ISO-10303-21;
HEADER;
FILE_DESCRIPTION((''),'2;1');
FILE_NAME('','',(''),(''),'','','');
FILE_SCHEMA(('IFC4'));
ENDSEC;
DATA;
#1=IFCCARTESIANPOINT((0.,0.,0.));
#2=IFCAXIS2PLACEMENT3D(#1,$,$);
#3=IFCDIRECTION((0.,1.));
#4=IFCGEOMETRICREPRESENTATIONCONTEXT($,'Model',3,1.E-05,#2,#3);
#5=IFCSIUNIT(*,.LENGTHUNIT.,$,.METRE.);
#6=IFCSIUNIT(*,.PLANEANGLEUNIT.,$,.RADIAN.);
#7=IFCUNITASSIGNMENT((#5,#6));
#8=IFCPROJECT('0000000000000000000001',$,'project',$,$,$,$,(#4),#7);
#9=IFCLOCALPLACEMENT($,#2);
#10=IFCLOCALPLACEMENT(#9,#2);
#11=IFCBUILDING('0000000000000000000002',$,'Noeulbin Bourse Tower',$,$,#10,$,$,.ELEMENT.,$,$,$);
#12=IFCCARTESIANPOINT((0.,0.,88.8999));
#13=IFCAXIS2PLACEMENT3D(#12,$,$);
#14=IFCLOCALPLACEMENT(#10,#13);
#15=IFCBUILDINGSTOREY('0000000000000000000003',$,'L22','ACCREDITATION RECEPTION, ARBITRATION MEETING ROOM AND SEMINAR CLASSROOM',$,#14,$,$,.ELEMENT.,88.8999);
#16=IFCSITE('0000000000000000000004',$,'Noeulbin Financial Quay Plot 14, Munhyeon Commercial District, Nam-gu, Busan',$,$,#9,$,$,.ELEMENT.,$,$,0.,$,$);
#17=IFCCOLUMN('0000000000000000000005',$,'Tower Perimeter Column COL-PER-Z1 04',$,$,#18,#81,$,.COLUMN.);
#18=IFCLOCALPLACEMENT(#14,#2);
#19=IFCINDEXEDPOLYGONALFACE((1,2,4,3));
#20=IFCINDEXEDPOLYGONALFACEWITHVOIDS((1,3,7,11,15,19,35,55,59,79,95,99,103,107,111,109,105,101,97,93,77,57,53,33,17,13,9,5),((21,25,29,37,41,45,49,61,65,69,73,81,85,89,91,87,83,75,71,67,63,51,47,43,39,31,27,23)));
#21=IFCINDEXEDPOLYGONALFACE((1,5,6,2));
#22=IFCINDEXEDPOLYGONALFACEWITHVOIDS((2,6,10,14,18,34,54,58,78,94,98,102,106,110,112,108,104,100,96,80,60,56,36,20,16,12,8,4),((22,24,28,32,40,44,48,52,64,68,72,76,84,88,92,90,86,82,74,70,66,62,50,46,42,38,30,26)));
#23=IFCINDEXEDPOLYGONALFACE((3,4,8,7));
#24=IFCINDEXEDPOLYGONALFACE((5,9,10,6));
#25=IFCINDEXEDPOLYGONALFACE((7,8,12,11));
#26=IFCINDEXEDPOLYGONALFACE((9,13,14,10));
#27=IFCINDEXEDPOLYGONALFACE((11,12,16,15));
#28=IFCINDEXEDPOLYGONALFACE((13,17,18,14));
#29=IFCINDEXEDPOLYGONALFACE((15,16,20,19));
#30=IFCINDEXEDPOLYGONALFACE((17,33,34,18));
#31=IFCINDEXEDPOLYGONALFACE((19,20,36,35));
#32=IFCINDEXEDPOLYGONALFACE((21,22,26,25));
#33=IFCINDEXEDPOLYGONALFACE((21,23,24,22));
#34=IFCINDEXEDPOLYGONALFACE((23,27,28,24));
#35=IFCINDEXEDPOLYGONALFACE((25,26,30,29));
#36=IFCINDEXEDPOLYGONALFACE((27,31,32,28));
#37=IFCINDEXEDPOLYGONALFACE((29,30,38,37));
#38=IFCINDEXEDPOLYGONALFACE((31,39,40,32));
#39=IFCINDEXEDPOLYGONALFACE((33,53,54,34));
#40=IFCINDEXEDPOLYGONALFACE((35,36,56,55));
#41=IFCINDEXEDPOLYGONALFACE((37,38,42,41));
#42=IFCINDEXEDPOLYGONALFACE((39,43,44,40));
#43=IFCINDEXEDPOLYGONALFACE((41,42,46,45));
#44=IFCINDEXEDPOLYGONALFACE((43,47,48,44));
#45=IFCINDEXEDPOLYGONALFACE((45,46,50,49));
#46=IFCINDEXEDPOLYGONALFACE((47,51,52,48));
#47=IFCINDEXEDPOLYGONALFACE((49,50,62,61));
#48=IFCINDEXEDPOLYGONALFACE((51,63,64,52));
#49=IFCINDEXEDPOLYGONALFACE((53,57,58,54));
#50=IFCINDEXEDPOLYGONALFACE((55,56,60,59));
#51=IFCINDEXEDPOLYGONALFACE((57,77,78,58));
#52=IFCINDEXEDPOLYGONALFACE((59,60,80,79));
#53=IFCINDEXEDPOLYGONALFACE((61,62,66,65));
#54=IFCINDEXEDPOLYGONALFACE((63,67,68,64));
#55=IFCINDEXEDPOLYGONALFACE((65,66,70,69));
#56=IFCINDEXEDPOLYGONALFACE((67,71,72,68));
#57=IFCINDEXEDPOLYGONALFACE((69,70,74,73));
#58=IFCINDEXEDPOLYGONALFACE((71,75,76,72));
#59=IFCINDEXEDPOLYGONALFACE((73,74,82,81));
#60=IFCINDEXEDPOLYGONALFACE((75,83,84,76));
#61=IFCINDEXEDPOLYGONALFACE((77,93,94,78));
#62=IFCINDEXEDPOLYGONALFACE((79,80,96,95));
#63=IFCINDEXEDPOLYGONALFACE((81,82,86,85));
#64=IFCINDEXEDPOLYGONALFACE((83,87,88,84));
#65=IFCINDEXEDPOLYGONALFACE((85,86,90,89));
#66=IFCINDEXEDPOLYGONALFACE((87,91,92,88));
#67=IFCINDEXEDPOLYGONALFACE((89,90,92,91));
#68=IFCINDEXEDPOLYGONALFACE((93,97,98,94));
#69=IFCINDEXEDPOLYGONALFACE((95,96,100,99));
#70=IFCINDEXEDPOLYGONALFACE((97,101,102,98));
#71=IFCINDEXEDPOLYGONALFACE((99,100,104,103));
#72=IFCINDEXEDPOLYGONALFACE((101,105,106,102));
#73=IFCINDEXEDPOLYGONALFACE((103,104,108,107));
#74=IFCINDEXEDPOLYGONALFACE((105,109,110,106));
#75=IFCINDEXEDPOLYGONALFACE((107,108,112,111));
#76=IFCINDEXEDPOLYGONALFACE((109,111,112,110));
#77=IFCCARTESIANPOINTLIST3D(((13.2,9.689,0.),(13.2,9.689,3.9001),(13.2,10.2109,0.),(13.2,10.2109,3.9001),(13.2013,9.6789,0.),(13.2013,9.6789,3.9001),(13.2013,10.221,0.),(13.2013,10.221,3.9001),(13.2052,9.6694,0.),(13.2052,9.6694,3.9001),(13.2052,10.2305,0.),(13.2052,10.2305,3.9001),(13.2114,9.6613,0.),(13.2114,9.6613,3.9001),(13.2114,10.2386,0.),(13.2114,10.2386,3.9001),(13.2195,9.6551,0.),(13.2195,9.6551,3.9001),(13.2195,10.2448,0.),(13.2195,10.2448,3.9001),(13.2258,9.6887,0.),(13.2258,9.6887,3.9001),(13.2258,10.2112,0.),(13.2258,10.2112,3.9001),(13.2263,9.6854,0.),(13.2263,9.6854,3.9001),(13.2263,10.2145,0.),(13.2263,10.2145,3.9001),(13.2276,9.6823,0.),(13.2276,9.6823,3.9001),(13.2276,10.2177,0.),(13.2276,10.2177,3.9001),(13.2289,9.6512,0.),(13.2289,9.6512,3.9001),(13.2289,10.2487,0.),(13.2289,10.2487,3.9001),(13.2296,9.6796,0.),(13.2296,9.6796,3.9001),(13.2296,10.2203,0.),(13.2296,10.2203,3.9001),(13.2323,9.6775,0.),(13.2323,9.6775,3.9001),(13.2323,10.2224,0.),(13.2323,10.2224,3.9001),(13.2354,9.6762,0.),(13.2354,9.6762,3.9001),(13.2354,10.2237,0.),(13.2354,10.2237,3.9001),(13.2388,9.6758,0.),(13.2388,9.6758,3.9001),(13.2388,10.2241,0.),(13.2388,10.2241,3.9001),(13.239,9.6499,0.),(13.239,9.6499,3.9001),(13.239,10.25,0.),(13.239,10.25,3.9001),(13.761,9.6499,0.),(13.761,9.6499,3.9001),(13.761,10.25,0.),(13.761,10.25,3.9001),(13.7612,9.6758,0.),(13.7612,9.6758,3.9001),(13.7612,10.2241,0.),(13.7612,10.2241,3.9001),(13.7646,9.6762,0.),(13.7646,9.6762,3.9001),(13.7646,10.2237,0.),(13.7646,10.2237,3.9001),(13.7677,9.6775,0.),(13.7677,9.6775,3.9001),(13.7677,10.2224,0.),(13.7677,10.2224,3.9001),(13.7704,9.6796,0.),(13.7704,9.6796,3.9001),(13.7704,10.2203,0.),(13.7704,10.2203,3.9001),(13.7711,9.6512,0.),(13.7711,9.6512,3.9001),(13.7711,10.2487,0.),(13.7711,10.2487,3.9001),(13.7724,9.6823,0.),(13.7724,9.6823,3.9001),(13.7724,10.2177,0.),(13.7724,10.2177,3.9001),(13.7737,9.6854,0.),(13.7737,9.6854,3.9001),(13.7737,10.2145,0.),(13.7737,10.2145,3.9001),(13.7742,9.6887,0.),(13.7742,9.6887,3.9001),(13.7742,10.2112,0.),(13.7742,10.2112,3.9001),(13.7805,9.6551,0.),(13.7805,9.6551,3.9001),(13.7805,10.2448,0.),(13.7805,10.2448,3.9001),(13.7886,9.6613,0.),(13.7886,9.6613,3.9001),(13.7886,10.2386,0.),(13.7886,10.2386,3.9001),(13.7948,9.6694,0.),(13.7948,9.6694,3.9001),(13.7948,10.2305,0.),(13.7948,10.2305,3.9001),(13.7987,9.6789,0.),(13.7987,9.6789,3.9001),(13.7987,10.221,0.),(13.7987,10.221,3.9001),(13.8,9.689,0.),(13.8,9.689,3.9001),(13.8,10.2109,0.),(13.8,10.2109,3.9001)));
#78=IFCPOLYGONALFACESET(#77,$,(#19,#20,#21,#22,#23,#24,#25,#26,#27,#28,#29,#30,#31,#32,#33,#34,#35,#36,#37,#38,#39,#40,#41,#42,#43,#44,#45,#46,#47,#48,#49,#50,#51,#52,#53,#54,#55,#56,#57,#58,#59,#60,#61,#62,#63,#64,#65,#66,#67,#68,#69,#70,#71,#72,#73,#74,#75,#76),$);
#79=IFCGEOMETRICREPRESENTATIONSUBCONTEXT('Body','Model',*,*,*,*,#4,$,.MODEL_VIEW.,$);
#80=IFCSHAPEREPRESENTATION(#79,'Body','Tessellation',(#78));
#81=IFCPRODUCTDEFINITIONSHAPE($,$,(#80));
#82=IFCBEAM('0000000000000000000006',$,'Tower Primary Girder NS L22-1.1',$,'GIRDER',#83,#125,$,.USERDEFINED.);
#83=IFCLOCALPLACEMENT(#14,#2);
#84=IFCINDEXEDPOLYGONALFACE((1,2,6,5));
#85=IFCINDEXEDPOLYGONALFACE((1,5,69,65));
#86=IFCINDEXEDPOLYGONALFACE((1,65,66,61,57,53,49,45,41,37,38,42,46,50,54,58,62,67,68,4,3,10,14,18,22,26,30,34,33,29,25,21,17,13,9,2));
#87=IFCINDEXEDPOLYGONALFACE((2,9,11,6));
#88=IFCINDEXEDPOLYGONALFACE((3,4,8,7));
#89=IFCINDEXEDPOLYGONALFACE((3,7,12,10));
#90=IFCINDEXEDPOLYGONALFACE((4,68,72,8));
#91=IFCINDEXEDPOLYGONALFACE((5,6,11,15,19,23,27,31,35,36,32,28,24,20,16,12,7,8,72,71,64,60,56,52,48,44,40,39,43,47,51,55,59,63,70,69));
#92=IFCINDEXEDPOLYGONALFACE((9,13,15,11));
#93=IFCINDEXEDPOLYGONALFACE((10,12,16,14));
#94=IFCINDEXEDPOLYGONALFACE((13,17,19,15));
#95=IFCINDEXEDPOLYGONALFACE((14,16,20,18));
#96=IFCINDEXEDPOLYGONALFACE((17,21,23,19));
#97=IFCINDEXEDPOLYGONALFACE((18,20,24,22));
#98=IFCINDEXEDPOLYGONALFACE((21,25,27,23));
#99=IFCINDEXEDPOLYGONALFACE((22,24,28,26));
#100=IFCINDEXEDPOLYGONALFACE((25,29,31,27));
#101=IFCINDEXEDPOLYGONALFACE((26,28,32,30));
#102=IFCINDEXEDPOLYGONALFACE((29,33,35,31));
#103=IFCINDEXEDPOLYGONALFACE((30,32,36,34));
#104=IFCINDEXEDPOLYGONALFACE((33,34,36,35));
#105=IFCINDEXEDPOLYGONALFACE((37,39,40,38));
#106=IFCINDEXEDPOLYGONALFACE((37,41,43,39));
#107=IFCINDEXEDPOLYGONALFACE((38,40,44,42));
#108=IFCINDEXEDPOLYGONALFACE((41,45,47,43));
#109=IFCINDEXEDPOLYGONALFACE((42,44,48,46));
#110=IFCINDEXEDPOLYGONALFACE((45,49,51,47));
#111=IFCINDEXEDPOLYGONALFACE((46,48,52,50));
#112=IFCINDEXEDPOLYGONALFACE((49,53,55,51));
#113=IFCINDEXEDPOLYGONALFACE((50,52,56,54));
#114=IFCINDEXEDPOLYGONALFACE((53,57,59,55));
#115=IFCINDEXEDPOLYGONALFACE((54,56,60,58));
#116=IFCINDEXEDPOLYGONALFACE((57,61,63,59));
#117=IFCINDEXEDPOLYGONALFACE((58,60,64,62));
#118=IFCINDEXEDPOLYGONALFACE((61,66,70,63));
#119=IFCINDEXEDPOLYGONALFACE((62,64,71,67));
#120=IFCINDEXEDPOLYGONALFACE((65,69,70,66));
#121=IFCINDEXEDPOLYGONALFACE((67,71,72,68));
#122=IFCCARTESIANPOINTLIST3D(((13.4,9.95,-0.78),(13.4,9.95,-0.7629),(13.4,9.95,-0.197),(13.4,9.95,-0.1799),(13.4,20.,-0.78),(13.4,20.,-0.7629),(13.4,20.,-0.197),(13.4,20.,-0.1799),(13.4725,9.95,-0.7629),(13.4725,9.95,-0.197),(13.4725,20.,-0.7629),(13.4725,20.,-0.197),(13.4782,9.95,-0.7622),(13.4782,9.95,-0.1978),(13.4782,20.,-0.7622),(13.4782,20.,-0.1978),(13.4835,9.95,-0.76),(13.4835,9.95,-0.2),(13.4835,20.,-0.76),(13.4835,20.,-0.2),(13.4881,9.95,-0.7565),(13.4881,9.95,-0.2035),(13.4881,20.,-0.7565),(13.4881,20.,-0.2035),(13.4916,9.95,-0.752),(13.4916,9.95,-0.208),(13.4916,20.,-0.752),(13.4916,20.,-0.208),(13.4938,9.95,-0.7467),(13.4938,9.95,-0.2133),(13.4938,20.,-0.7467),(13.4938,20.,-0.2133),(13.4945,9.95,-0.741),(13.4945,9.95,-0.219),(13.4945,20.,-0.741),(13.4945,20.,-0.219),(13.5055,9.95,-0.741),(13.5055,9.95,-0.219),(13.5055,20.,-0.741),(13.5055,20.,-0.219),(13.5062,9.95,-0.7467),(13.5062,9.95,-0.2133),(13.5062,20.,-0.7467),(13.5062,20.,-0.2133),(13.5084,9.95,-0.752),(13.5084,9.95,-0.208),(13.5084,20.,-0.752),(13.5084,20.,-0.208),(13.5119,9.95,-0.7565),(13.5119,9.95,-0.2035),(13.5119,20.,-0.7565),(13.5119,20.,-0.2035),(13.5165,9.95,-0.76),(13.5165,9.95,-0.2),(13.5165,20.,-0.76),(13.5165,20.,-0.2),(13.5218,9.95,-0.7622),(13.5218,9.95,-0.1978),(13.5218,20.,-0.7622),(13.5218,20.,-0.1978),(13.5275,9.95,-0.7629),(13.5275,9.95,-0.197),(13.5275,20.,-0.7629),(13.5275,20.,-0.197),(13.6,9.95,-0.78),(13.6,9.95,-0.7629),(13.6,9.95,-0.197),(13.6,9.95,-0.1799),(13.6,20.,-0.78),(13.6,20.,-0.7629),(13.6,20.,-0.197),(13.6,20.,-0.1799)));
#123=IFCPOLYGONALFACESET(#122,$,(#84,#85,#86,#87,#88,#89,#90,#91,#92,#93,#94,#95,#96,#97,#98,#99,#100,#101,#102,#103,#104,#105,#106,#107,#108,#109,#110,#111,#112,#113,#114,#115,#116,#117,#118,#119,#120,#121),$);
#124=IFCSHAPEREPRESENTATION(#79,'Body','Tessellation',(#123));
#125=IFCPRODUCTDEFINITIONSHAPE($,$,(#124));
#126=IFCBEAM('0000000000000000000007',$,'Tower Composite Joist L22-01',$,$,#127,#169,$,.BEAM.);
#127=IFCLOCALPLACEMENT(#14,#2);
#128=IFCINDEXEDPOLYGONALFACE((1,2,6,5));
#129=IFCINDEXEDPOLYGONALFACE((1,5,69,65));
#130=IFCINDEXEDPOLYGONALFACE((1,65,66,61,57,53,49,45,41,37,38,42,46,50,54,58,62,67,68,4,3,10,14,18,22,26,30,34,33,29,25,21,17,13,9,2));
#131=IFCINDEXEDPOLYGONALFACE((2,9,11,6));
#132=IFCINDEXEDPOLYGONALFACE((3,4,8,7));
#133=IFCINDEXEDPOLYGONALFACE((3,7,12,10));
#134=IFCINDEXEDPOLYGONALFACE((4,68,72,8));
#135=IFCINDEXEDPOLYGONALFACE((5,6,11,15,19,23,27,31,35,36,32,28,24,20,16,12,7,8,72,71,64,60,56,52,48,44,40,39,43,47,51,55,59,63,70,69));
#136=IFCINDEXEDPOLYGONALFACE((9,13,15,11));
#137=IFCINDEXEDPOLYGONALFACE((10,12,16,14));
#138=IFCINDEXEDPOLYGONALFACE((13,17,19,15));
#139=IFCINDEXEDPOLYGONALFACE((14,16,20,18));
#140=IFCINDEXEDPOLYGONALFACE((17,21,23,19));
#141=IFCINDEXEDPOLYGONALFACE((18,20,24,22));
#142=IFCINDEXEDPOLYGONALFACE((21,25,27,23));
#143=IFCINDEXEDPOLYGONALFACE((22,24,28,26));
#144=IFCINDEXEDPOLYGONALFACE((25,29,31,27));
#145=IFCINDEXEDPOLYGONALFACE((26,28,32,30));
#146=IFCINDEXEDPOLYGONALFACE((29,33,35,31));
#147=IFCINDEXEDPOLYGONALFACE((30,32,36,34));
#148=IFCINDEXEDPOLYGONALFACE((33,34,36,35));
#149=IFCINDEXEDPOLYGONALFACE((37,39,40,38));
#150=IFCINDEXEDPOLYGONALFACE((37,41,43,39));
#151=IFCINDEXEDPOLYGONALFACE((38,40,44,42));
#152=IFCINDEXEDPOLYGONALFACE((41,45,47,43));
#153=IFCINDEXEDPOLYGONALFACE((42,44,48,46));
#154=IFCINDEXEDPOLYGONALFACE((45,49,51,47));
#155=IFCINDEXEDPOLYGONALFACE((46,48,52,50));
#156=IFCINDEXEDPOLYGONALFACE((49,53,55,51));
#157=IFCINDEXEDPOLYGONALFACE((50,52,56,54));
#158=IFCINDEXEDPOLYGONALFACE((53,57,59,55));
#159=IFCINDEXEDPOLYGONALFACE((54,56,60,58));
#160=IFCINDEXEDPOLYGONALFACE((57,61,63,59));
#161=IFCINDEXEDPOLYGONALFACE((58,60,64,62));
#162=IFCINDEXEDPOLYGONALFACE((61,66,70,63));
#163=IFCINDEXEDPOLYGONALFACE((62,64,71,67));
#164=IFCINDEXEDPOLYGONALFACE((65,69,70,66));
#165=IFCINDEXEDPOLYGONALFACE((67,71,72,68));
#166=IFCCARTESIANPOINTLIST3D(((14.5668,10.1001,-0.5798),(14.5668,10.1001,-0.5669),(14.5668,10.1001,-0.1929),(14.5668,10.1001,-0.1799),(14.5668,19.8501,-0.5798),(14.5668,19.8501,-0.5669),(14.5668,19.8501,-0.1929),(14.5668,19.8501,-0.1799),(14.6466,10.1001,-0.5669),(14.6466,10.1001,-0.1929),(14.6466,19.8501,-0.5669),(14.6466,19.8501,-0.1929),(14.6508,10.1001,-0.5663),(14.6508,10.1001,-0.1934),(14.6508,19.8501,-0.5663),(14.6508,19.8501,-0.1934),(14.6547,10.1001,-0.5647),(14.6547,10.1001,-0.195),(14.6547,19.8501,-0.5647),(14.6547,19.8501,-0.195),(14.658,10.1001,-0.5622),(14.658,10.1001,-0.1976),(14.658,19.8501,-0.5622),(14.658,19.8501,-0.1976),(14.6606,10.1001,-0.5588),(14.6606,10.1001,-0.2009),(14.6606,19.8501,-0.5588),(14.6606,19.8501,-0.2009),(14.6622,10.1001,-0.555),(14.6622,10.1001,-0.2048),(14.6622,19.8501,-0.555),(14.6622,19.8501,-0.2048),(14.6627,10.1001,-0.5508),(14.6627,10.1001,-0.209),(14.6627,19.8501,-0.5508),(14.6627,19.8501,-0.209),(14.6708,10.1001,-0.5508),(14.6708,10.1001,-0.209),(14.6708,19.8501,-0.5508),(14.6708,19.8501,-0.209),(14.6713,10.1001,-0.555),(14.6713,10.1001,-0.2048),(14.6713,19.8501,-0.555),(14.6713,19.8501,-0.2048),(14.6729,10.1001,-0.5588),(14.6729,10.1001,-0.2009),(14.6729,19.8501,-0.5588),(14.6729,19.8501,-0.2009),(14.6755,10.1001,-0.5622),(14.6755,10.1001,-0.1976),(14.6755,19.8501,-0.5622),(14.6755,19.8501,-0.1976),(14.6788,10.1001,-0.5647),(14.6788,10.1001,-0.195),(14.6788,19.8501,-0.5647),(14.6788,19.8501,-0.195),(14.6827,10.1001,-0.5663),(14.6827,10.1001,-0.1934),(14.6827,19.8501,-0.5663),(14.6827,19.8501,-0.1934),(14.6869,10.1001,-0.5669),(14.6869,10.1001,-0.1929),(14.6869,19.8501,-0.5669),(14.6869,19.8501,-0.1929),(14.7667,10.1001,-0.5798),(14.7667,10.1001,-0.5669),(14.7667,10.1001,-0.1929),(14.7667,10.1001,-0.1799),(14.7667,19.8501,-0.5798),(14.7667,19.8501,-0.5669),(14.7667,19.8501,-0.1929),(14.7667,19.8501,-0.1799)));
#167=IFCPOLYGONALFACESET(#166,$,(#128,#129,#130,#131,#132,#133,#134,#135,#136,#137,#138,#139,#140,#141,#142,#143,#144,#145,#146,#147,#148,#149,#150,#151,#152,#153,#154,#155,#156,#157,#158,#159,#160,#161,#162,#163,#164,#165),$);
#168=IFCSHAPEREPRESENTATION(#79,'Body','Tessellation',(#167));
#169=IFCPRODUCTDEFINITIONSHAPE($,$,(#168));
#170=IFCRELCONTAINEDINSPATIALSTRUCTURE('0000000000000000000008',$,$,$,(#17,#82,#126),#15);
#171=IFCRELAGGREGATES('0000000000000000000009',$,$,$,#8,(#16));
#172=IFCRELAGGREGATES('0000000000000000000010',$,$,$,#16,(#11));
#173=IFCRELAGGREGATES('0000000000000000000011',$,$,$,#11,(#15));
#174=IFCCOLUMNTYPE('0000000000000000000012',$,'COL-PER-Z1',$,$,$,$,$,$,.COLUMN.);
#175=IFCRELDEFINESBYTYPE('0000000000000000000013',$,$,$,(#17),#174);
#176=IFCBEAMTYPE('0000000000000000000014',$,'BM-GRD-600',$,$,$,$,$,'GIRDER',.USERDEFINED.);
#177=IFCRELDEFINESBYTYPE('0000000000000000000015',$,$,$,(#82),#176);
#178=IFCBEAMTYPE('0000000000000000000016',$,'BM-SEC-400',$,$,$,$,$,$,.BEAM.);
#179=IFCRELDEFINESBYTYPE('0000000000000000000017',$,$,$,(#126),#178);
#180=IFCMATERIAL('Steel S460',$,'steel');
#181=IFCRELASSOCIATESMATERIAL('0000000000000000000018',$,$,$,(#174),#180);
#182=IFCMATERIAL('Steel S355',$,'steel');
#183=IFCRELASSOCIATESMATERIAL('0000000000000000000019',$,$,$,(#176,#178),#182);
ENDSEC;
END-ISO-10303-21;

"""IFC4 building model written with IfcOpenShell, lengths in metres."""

from ifc_helpers import new_model, si_unit, direction, frame, origin, origin_2d, place, context, subcontext, project, spatial, hollow_rectangle, i_section, extrude, material, material_profile, profile_set, type_object, element, save


model = new_model("IFC4")

# Units and contexts
model_context = context("Model", 3, precision=1e-05, world=origin(), true_north=direction((0.0, 1.0)))
body_context = subcontext(model_context, "Body", "Model", "MODEL_VIEW")
ifc_project = project(units=[si_unit("LENGTHUNIT", "METRE"), si_unit("PLANEANGLEUNIT", "RADIAN")], contexts=[model_context])

# Site, building, storey
site_placement = place(None, origin())
site = spatial("IfcSite", under=ifc_project, at=site_placement, Name="Noeulbin Financial Quay Plot 14, Munhyeon Commercial District, Nam-gu, Busan", CompositionType="ELEMENT", RefElevation=0.0)
building_placement = place(site_placement, origin())
building = spatial("IfcBuilding", under=site, at=building_placement, Name="Noeulbin Bourse Tower", CompositionType="ELEMENT")
storey_placement = place(building_placement, frame((0.0, 0.0, 88.8999)))
storey = spatial("IfcBuildingStorey", under=building, at=storey_placement, Name="L22", Description="ACCREDITATION RECEPTION, ARBITRATION MEETING ROOM AND SEMINAR CLASSROOM", CompositionType="ELEMENT", Elevation=88.8999)

# Column
ifc_material_1 = material(Name="Steel S460", Category="steel")
ifc_material_profile_1 = material_profile(ifc_material_1, hollow_rectangle(XDim=0.6001, YDim=0.6001, WallThickness=0.0259, InnerFilletRadius=0.0129, OuterFilletRadius=0.0391, at=origin_2d()), Name="BOX-600x600x26", Category="LoadBearing")
ifc_profile_set_1 = profile_set([ifc_material_profile_1], Name="Steel S460")
column_type = type_object("IfcColumnType", Name="COL-PER-Z1", PredefinedType="COLUMN", material=ifc_profile_set_1)
column_placement = place(storey_placement, frame((13.5, 9.95, 0.0), z_axis=(0.0, 0.0, 1.0), x_axis=(1.0, 0.0, 0.0)))
element("IfcColumn", 1, at=column_placement, inside=storey, type_object=column_type, Name="Tower Perimeter Column COL-PER-Z1 04", PredefinedType="COLUMN", context=body_context, shape_type="SweptSolid", body=[
    extrude(hollow_rectangle(XDim=0.6001, YDim=0.6001, WallThickness=0.0259, InnerFilletRadius=0.0129, OuterFilletRadius=0.0391, at=origin_2d()), origin(), (0.0, 0.0, 1.0), 3.9001),
])

# Beams
ifc_material_2 = material(Name="Steel S355", Category="steel")
ifc_material_profile_2 = material_profile(ifc_material_2, i_section(OverallWidth=0.2, OverallDepth=0.6001, WebThickness=0.011, FlangeThickness=0.0171, FilletRadius=0.022, at=origin_2d()), Name="H-600x200x11x17", Category="LoadBearing")
ifc_profile_set_2 = profile_set([ifc_material_profile_2], Name="Steel S355")
beam_type_1 = type_object("IfcBeamType", Name="BM-GRD-600", ElementType="GIRDER", PredefinedType="USERDEFINED", material=ifc_profile_set_2)
beam_1_placement = place(storey_placement, frame((13.5, 9.95, -0.48), z_axis=(0.0, 1.0, 0.0), x_axis=(-1.0, 0.0, 0.0)))
element("IfcBeam", 2, at=beam_1_placement, inside=storey, type_object=beam_type_1, Name="Tower Primary Girder NS L22-1.1", ObjectType="GIRDER", PredefinedType="USERDEFINED", context=body_context, shape_type="SweptSolid", body=[
    extrude(i_section(OverallWidth=0.2, OverallDepth=0.6001, WebThickness=0.011, FlangeThickness=0.0171, FilletRadius=0.022, at=origin_2d()), origin(), (0.0, 0.0, 1.0), 10.05),
])
ifc_material_profile_3 = material_profile(ifc_material_2, i_section(OverallWidth=0.2, OverallDepth=0.3999, WebThickness=0.0081, FlangeThickness=0.0129, FilletRadius=0.0161, at=origin_2d()), Name="H-400x200x8x13", Category="LoadBearing")
ifc_profile_set_3 = profile_set([ifc_material_profile_3], Name="Steel S355")
beam_type_2 = type_object("IfcBeamType", Name="BM-SEC-400", PredefinedType="BEAM", material=ifc_profile_set_3)
for number, where, z_axis, x_axis, name in (
    (3, (14.6667, 10.1001, -0.3799), (0.0, 1.0, 0.0), (-1.0, 0.0, 0.0), "Tower Composite Joist L22-01"),
):
    element("IfcBeam", number, at=place(storey_placement, frame(where, z_axis=z_axis, x_axis=x_axis)), inside=storey, type_object=beam_type_2, Name=name, PredefinedType="BEAM", context=body_context, shape_type="SweptSolid", body=[
        extrude(i_section(OverallWidth=0.2, OverallDepth=0.3999, WebThickness=0.0081, FlangeThickness=0.0129, FilletRadius=0.0161, at=origin_2d()), origin(), (0.0, 0.0, 1.0), 9.75),
    ])

save(model, "model.ifc")
